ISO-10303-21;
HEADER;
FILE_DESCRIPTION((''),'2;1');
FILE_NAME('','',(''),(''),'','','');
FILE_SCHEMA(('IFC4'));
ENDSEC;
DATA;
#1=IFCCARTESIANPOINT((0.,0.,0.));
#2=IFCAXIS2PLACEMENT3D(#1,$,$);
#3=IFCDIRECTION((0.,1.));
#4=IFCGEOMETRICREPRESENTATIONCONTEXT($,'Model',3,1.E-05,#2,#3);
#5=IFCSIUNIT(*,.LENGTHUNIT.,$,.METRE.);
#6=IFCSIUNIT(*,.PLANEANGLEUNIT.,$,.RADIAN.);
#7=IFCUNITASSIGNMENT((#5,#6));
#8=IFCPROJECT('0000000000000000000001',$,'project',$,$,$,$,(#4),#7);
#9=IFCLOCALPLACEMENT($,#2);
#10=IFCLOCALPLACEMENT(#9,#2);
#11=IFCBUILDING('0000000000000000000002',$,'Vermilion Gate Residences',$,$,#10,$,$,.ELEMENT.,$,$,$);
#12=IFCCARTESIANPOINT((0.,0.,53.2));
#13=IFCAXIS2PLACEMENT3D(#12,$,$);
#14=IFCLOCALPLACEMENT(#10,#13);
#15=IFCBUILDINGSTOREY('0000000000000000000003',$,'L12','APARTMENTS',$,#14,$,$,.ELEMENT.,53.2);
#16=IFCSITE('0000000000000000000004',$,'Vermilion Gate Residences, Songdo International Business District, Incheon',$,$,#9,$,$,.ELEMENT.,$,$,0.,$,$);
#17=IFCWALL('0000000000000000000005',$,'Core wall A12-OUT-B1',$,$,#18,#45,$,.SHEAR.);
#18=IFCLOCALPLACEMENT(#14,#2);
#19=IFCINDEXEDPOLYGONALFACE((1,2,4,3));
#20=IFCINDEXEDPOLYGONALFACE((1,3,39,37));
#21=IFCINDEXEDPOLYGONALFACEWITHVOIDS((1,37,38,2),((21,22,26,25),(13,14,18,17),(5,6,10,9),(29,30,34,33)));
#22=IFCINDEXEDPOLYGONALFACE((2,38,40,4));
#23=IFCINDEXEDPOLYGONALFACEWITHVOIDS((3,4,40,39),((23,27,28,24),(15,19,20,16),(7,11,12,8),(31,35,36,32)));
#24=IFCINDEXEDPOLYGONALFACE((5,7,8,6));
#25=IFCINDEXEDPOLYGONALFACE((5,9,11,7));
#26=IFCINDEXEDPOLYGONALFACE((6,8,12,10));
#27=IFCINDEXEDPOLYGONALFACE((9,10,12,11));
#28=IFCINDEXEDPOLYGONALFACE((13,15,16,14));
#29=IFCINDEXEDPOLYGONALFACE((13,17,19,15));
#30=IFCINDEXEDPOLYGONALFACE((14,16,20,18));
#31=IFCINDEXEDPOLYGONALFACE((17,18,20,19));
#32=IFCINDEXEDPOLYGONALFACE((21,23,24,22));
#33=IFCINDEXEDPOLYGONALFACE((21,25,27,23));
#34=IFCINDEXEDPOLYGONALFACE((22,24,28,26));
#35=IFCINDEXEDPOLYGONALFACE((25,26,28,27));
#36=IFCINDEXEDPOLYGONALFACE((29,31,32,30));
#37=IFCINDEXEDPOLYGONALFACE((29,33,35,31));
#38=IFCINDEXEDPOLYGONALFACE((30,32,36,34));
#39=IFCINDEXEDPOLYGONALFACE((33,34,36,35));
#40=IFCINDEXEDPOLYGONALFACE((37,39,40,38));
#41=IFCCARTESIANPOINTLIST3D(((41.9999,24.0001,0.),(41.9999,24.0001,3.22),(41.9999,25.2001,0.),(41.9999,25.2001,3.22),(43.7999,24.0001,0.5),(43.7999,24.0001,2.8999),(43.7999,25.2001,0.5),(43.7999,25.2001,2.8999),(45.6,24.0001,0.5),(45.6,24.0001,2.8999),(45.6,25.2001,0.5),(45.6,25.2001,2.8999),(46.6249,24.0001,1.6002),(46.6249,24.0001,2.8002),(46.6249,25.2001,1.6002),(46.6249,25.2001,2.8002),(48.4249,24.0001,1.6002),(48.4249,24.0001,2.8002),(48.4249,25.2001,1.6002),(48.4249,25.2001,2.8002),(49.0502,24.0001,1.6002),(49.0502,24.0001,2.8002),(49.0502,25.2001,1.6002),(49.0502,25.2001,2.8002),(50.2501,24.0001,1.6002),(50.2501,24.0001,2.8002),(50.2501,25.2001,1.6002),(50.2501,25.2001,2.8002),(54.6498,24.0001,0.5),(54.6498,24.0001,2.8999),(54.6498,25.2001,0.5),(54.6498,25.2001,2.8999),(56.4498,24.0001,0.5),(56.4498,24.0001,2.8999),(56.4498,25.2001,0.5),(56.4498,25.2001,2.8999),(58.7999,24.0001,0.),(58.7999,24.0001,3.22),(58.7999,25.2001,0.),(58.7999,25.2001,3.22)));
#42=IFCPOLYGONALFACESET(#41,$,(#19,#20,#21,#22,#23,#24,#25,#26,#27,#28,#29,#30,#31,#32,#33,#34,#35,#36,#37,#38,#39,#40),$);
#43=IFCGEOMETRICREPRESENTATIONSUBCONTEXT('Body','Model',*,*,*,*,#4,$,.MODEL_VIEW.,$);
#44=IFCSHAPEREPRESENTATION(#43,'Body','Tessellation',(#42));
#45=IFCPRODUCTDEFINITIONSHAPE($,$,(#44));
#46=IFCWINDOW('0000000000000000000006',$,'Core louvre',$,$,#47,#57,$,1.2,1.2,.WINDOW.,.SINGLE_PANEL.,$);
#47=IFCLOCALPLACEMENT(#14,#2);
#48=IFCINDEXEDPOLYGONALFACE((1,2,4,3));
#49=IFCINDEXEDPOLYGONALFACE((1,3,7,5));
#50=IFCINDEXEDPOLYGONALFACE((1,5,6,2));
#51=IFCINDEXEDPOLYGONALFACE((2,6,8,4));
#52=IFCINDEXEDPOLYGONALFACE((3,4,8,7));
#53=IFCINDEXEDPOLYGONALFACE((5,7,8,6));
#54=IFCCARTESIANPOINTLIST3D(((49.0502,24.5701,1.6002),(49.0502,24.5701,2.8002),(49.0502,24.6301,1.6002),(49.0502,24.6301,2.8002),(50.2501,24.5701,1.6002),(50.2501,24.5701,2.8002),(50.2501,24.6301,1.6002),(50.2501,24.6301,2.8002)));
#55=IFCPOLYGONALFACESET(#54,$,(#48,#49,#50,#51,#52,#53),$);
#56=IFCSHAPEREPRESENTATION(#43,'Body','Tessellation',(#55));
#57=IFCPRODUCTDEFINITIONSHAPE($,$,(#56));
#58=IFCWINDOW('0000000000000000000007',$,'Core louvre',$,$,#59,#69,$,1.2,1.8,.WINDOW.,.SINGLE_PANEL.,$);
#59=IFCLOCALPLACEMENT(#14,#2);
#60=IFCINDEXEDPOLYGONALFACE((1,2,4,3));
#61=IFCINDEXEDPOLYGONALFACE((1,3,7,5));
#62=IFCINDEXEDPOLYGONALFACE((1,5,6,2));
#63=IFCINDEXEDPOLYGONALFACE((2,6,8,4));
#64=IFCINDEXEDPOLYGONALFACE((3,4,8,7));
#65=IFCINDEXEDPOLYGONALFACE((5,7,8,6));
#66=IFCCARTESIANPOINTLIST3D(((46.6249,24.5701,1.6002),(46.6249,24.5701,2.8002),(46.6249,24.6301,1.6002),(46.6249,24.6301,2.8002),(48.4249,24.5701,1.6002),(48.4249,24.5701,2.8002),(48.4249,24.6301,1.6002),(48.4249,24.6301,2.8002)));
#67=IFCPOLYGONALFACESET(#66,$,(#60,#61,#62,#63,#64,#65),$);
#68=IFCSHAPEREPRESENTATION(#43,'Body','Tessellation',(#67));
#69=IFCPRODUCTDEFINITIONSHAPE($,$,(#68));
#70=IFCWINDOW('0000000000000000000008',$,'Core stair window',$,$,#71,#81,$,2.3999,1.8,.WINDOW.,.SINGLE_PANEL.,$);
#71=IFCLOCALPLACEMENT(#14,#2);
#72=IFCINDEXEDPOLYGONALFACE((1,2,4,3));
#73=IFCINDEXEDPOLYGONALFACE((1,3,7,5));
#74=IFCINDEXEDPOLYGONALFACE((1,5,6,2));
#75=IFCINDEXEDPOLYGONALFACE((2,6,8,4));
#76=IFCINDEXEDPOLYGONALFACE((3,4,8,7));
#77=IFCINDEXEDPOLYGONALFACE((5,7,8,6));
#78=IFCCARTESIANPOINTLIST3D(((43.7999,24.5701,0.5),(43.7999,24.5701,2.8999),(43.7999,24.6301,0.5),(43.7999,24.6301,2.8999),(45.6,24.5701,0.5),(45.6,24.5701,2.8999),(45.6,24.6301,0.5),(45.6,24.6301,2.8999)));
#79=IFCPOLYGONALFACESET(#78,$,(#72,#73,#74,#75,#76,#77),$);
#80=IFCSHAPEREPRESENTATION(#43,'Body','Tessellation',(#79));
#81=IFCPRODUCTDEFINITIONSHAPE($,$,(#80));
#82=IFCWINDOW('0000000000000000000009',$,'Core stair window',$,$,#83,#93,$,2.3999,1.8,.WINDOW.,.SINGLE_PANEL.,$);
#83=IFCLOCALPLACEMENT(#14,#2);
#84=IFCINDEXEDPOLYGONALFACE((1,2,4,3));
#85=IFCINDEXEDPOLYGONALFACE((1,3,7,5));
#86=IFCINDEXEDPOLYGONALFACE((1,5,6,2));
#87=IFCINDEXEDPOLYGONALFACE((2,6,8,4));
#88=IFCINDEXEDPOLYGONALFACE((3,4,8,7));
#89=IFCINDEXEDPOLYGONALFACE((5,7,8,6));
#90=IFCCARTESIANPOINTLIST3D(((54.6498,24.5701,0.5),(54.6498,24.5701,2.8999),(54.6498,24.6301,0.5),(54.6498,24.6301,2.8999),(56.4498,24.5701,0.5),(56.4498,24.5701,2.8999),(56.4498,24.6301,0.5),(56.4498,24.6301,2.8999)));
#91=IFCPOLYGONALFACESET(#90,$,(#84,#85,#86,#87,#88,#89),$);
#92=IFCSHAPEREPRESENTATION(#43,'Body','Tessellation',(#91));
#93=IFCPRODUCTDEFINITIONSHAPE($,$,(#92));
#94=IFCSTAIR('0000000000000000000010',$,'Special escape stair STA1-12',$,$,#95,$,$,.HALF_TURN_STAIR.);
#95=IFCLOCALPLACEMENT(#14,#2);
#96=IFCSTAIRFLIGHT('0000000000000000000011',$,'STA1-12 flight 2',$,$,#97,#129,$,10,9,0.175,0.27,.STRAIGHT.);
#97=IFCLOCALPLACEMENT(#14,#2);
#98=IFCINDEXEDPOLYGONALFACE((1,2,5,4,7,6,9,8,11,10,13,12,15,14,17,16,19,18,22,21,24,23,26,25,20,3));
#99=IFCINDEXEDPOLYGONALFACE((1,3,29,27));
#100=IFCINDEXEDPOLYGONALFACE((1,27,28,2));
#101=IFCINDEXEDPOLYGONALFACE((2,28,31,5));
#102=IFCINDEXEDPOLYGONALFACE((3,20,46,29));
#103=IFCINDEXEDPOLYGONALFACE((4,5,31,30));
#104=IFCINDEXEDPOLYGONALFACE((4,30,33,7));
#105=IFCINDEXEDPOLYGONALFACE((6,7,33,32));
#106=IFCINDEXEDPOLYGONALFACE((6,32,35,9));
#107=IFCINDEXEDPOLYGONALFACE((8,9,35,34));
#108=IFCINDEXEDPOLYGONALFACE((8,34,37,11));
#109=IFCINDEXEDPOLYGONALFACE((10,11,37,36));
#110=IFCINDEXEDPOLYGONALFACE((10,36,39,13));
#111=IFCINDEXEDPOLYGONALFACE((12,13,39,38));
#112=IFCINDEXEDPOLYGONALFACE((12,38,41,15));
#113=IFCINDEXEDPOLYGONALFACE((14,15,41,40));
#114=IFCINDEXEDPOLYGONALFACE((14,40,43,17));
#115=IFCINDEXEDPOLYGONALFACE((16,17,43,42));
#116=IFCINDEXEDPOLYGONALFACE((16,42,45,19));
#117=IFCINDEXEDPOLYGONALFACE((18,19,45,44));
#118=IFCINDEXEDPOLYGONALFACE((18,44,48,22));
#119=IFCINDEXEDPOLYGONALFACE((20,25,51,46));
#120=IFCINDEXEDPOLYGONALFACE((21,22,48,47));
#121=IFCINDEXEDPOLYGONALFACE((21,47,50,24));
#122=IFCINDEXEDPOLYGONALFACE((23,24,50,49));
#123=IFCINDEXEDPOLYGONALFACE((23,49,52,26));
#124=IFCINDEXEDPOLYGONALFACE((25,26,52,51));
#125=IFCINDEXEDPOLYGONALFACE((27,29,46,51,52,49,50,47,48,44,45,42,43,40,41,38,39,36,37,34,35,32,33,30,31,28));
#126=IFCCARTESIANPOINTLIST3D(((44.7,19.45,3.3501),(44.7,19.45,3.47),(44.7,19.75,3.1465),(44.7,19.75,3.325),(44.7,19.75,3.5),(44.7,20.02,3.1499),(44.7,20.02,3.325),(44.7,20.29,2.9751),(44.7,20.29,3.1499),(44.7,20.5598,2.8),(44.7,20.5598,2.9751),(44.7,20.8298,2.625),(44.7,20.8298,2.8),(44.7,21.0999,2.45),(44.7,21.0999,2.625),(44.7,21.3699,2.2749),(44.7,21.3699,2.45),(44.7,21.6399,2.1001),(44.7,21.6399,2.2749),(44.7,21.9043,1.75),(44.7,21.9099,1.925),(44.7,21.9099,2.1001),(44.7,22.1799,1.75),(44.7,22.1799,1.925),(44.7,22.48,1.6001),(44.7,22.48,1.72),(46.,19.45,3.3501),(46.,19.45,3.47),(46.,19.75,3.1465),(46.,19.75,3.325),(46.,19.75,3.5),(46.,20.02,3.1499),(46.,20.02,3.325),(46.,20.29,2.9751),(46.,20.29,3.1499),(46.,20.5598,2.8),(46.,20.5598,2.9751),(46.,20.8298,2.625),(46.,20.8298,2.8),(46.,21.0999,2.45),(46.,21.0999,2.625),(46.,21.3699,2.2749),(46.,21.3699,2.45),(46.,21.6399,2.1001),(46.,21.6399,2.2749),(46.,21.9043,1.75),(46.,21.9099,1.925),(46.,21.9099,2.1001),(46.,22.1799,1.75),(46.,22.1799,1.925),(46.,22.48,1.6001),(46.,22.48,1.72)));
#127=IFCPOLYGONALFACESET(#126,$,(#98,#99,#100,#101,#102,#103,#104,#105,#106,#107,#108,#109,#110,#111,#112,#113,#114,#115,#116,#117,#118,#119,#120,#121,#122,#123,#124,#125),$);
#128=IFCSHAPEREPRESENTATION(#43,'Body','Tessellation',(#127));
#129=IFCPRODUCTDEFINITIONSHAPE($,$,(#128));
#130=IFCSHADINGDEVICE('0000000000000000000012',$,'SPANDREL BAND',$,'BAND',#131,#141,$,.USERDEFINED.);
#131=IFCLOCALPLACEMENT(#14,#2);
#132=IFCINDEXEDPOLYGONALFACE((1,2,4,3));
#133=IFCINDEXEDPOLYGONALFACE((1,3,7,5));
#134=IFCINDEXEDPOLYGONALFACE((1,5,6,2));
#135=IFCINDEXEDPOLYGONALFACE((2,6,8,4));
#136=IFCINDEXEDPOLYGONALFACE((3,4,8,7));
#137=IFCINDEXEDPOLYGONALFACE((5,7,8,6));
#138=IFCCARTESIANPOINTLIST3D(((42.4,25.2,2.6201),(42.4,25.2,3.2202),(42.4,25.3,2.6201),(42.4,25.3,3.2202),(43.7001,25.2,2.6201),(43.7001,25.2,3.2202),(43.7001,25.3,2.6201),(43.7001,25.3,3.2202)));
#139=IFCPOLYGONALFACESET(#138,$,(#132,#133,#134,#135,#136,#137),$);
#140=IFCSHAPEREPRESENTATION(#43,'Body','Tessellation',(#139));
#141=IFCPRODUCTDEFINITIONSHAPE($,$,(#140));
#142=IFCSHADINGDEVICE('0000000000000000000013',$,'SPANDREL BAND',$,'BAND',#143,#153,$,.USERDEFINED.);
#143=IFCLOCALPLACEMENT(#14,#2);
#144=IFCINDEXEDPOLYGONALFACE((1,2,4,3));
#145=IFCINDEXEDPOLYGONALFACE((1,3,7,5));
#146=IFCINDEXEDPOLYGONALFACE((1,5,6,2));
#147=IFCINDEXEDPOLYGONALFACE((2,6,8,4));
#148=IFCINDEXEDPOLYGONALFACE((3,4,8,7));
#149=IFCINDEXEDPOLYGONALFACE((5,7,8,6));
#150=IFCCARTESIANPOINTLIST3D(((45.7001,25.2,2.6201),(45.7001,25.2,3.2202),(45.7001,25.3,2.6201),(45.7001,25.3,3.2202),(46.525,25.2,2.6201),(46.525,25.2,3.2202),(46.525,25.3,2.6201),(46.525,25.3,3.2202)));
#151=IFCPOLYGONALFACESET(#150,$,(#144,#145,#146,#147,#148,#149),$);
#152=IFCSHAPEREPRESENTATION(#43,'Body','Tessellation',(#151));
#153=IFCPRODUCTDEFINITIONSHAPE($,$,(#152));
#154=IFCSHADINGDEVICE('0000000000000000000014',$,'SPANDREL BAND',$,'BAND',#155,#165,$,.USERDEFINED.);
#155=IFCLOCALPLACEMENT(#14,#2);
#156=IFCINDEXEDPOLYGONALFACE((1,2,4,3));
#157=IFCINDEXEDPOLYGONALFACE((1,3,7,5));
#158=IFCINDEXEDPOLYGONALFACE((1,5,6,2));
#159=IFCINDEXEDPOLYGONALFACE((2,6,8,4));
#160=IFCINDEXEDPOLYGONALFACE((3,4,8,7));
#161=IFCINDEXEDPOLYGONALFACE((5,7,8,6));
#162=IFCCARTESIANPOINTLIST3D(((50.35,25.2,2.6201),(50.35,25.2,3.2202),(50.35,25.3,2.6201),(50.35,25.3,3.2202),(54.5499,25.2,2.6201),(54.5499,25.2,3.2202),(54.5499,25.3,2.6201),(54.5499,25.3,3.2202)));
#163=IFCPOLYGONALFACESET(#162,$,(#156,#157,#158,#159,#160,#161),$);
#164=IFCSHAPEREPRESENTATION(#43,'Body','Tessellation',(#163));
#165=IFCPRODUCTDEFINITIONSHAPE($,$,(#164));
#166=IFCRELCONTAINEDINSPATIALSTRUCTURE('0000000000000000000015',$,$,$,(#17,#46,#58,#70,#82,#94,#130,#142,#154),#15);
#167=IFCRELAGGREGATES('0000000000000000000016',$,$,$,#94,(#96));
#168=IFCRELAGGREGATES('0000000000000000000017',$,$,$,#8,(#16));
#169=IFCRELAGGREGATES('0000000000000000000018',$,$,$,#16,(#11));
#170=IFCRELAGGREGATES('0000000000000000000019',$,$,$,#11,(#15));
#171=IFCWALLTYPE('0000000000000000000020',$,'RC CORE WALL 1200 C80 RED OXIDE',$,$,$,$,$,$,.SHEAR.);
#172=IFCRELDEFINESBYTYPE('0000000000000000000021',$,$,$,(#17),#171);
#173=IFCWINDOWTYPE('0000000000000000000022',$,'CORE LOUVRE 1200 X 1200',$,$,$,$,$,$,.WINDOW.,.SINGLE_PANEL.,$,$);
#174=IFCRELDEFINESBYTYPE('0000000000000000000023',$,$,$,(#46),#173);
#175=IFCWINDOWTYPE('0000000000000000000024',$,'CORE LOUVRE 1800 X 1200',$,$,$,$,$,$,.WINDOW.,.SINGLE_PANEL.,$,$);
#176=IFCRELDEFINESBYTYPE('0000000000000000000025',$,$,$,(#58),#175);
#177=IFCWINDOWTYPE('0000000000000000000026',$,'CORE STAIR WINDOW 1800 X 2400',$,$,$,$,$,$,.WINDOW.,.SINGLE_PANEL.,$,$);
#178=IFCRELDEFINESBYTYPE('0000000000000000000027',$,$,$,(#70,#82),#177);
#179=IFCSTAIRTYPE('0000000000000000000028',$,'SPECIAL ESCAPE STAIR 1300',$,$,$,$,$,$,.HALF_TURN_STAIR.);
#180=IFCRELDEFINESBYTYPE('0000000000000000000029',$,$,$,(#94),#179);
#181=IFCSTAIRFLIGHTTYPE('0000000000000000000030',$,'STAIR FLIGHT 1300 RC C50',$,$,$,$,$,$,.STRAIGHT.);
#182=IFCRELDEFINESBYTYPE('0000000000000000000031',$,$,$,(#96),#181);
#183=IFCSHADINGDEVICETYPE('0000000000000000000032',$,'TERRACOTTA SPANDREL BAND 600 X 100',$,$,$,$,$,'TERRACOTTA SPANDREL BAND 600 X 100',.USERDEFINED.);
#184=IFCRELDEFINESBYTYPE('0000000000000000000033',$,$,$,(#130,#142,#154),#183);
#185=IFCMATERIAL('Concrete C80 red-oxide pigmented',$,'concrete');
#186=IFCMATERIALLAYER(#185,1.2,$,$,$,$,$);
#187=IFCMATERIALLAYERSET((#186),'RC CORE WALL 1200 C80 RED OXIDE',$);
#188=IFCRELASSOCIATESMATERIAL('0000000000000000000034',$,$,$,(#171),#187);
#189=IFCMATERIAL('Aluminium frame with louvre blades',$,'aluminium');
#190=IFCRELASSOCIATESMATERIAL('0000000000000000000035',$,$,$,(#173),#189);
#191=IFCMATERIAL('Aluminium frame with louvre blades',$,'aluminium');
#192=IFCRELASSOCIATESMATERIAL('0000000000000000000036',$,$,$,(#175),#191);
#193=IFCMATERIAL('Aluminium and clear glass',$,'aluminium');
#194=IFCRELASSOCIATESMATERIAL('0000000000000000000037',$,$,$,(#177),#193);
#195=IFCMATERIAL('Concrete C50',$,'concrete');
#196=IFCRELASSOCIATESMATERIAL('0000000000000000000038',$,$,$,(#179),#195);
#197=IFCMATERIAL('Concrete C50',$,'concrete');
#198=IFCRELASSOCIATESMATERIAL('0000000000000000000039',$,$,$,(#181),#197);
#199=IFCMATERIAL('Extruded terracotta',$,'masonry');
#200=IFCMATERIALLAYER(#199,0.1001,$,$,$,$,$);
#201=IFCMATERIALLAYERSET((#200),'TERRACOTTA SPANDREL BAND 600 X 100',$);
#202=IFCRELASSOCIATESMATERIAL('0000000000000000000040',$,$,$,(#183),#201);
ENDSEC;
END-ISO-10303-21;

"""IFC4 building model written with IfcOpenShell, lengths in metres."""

from ifc_helpers import new_model, si_unit, direction, frame, frame_2d, origin, origin_2d, place, context, subcontext, project, spatial, polyline, rectangle, outline, extrude, material, layer, layer_set, type_object, element, fill, aggregate, save


model = new_model("IFC4")

# Units and contexts
model_context = context("Model", 3, precision=1e-05, world=origin(), true_north=direction((0.0, 1.0)))
body_context = subcontext(model_context, "Body", "Model", "MODEL_VIEW")
ifc_project = project(units=[si_unit("LENGTHUNIT", "METRE"), si_unit("PLANEANGLEUNIT", "RADIAN")], contexts=[model_context])

# Site, building, storey
site_placement = place(None, origin())
site = spatial("IfcSite", under=ifc_project, at=site_placement, Name="Vermilion Gate Residences, Songdo International Business District, Incheon", CompositionType="ELEMENT", RefElevation=0.0)
building_placement = place(site_placement, origin())
building = spatial("IfcBuilding", under=site, at=building_placement, Name="Vermilion Gate Residences", CompositionType="ELEMENT")
storey_placement = place(building_placement, frame((0.0, 0.0, 53.2)))
storey = spatial("IfcBuildingStorey", under=building, at=storey_placement, Name="L12", Description="APARTMENTS", CompositionType="ELEMENT", Elevation=53.2)

# Wall, openings, windows
ifc_material_1 = material(Name="Concrete C80 red-oxide pigmented", Category="concrete")
ifc_layer_1 = layer(ifc_material_1, 1.2)
ifc_layer_set_1 = layer_set([ifc_layer_1], Name="RC CORE WALL 1200 C80 RED OXIDE")
wall_type_1 = type_object("IfcWallType", Name="RC CORE WALL 1200 C80 RED OXIDE", PredefinedType="SHEAR", material=ifc_layer_set_1)
wall_1_placement = place(storey_placement, frame((42.0, 24.6001, 0.0), z_axis=(0.0, 0.0, 1.0), x_axis=(1.0, 0.0, 0.0)))
wall_1 = element("IfcWall", 1, at=wall_1_placement, inside=storey, type_object=wall_type_1, Name="Core wall A12-OUT-B1", PredefinedType="SHEAR", context=body_context, shape_type="SweptSolid", body=[
    extrude(rectangle(XDim=16.8, YDim=1.2, at=frame_2d((8.3999, 0.0))), origin(), (0.0, 0.0, 1.0), 3.22),
])
opening_1_placement = place(wall_1_placement, frame((1.8, 0.0, 0.5)))
opening_1 = element("IfcOpeningElement", 2, at=opening_1_placement, cuts=wall_1, PredefinedType="OPENING", context=body_context, shape_type="SweptSolid", body=[
    extrude(rectangle(XDim=1.8, YDim=2.3999, at=frame_2d((0.8999, 1.2))), frame((0.0, 0.6099, 0.0), z_axis=(0.0, -1.0, 0.0), x_axis=(1.0, 0.0, 0.0)), (0.0, 0.0, 1.0), 1.22),
])
opening_2_placement = place(wall_1_placement, frame((4.625, 0.0, 1.6001)))
opening_2 = element("IfcOpeningElement", 3, at=opening_2_placement, cuts=wall_1, PredefinedType="OPENING", context=body_context, shape_type="SweptSolid", body=[
    extrude(rectangle(XDim=1.8, YDim=1.2, at=frame_2d((0.8999, 0.6001))), frame((0.0, 0.6099, 0.0), z_axis=(0.0, -1.0, 0.0), x_axis=(1.0, 0.0, 0.0)), (0.0, 0.0, 1.0), 1.22),
])
opening_3_placement = place(wall_1_placement, frame((7.05, 0.0, 1.6001)))
opening_3 = element("IfcOpeningElement", 4, at=opening_3_placement, cuts=wall_1, PredefinedType="OPENING", context=body_context, shape_type="SweptSolid", body=[
    extrude(rectangle(XDim=1.2, YDim=1.2, at=frame_2d((0.6001, 0.6001))), frame((0.0, 0.6099, 0.0), z_axis=(0.0, -1.0, 0.0), x_axis=(1.0, 0.0, 0.0)), (0.0, 0.0, 1.0), 1.22),
])
opening_4_placement = place(wall_1_placement, frame((12.6499, 0.0, 0.5)))
opening_4 = element("IfcOpeningElement", 5, at=opening_4_placement, cuts=wall_1, PredefinedType="OPENING", context=body_context, shape_type="SweptSolid", body=[
    extrude(rectangle(XDim=1.8, YDim=2.3999, at=frame_2d((0.8999, 1.2))), frame((0.0, 0.6099, 0.0), z_axis=(0.0, -1.0, 0.0), x_axis=(1.0, 0.0, 0.0)), (0.0, 0.0, 1.0), 1.22),
])
ifc_material_2 = material(Name="Aluminium frame with louvre blades", Category="aluminium")
window_type_1 = type_object("IfcWindowType", Name="CORE LOUVRE 1200 X 1200", PartitioningType="SINGLE_PANEL", PredefinedType="WINDOW", material=ifc_material_2)
window_1_placement = place(opening_3_placement, origin())
window_1 = element("IfcWindow", 6, at=window_1_placement, inside=storey, type_object=window_type_1, Name="Core louvre", OverallHeight=1.2, OverallWidth=1.2, PartitioningType="SINGLE_PANEL", PredefinedType="WINDOW", context=body_context, shape_type="SweptSolid", body=[
    extrude(rectangle(XDim=1.2, YDim=1.2, at=frame_2d((0.6001, 0.6001))), frame((0.0, 0.03, 0.0), z_axis=(0.0, -1.0, 0.0), x_axis=(1.0, 0.0, 0.0)), (0.0, 0.0, 1.0), 0.0601),
])
fill(opening_3, window_1)
ifc_material_3 = material(Name="Aluminium frame with louvre blades", Category="aluminium")
window_type_2 = type_object("IfcWindowType", Name="CORE LOUVRE 1800 X 1200", PartitioningType="SINGLE_PANEL", PredefinedType="WINDOW", material=ifc_material_3)
window_2_placement = place(opening_2_placement, origin())
window_2 = element("IfcWindow", 7, at=window_2_placement, inside=storey, type_object=window_type_2, Name="Core louvre", OverallHeight=1.2, OverallWidth=1.8, PartitioningType="SINGLE_PANEL", PredefinedType="WINDOW", context=body_context, shape_type="SweptSolid", body=[
    extrude(rectangle(XDim=1.8, YDim=1.2, at=frame_2d((0.8999, 0.6001))), frame((0.0, 0.03, 0.0), z_axis=(0.0, -1.0, 0.0), x_axis=(1.0, 0.0, 0.0)), (0.0, 0.0, 1.0), 0.0601),
])
fill(opening_2, window_2)
ifc_material_4 = material(Name="Aluminium and clear glass", Category="aluminium")
window_type_3 = type_object("IfcWindowType", Name="CORE STAIR WINDOW 1800 X 2400", PartitioningType="SINGLE_PANEL", PredefinedType="WINDOW", material=ifc_material_4)
window_3_placement = place(opening_1_placement, origin())
window_3 = element("IfcWindow", 8, at=window_3_placement, inside=storey, type_object=window_type_3, Name="Core stair window", OverallHeight=2.3999, OverallWidth=1.8, PartitioningType="SINGLE_PANEL", PredefinedType="WINDOW", context=body_context, shape_type="SweptSolid", body=[
    extrude(rectangle(XDim=1.8, YDim=2.3999, at=frame_2d((0.8999, 1.2))), frame((0.0, 0.03, 0.0), z_axis=(0.0, -1.0, 0.0), x_axis=(1.0, 0.0, 0.0)), (0.0, 0.0, 1.0), 0.0601),
])
fill(opening_1, window_3)
window_4_placement = place(opening_4_placement, origin())
window_4 = element("IfcWindow", 9, at=window_4_placement, inside=storey, type_object=window_type_3, Name="Core stair window", OverallHeight=2.3999, OverallWidth=1.8, PartitioningType="SINGLE_PANEL", PredefinedType="WINDOW", context=body_context, shape_type="SweptSolid", body=[
    extrude(rectangle(XDim=1.8, YDim=2.3999, at=frame_2d((0.8999, 1.2))), frame((0.0, 0.03, 0.0), z_axis=(0.0, -1.0, 0.0), x_axis=(1.0, 0.0, 0.0)), (0.0, 0.0, 1.0), 0.0601),
])
fill(opening_4, window_4)

# Stair, stair flight
ifc_material_5 = material(Name="Concrete C50", Category="concrete")
stair_type = type_object("IfcStairType", Name="SPECIAL ESCAPE STAIR 1300", PredefinedType="HALF_TURN_STAIR", material=ifc_material_5)
stair_placement = place(storey_placement, origin())
stair = element("IfcStair", 10, at=stair_placement, inside=storey, type_object=stair_type, Name="Special escape stair STA1-12", PredefinedType="HALF_TURN_STAIR")
ifc_material_6 = material(Name="Concrete C50", Category="concrete")
stair_flight_type = type_object("IfcStairFlightType", Name="STAIR FLIGHT 1300 RC C50", PredefinedType="STRAIGHT", material=ifc_material_6)
stair_flight_placement = place(storey_placement, frame((45.3501, 22.1799, 1.75), z_axis=(0.0, 0.0, 1.0), x_axis=(0.0, -1.0, 0.0)))
stair_flight = element("IfcStairFlight", 11, at=stair_flight_placement, type_object=stair_flight_type, Name="STA1-12 flight 2", NumberOfRisers=10, NumberOfTreads=9, PredefinedType="STRAIGHT", RiserHeight=0.175, TreadLength=0.27, context=body_context, shape_type="SweptSolid", body=[
    extrude(outline(polyline([(-0.3, -0.1499), (-0.3, -0.03), (0.0, 0.0), (0.0, 0.175), (0.27, 0.175), (0.27, 0.3501), (0.54, 0.3501), (0.54, 0.5249), (0.8101, 0.5249), (0.8101, 0.7), (1.0801, 0.7), (1.0801, 0.875), (1.3501, 0.875), (1.3501, 1.05), (1.6201, 1.05), (1.6201, 1.2251), (1.8899, 1.2251), (1.8899, 1.3999), (2.1599, 1.3999), (2.1599, 1.575), (2.4299, 1.575), (2.4299, 1.75), (2.73, 1.72), (2.73, 1.6001), (2.4299, 1.3965), (0.2756, 0.0), (-0.3, -0.1499)])), frame((0.0, 0.6499, 0.0), z_axis=(0.0, -1.0, 0.0), x_axis=(1.0, 0.0, 0.0)), (0.0, 0.0, 1.0), 1.3),
])
aggregate(stair, [stair_flight])

# Shading devices
ifc_material_7 = material(Name="Extruded terracotta", Category="masonry")
ifc_layer_2 = layer(ifc_material_7, 0.1001)
ifc_layer_set_2 = layer_set([ifc_layer_2], Name="TERRACOTTA SPANDREL BAND 600 X 100")
shading_device_type = type_object("IfcShadingDeviceType", Name="TERRACOTTA SPANDREL BAND 600 X 100", ElementType="TERRACOTTA SPANDREL BAND 600 X 100", PredefinedType="USERDEFINED", material=ifc_layer_set_2)
shading_device_1_placement = place(storey_placement, frame((43.05, 25.25, 2.6201), z_axis=(0.0, 0.0, 1.0), x_axis=(1.0, 0.0, 0.0)))
element("IfcShadingDevice", 12, at=shading_device_1_placement, inside=storey, type_object=shading_device_type, Name="SPANDREL BAND", ObjectType="BAND", PredefinedType="USERDEFINED", context=body_context, shape_type="SweptSolid", body=[
    extrude(rectangle(XDim=1.3, YDim=0.1001, at=origin_2d()), origin(), (0.0, 0.0, 1.0), 0.6001),
])
shading_device_2_placement = place(storey_placement, frame((46.1125, 25.25, 2.6201), z_axis=(0.0, 0.0, 1.0), x_axis=(1.0, 0.0, 0.0)))
element("IfcShadingDevice", 13, at=shading_device_2_placement, inside=storey, type_object=shading_device_type, Name="SPANDREL BAND", ObjectType="BAND", PredefinedType="USERDEFINED", context=body_context, shape_type="SweptSolid", body=[
    extrude(rectangle(XDim=0.825, YDim=0.1001, at=origin_2d()), origin(), (0.0, 0.0, 1.0), 0.6001),
])
shading_device_3_placement = place(storey_placement, frame((52.45, 25.25, 2.6201), z_axis=(0.0, 0.0, 1.0), x_axis=(1.0, 0.0, 0.0)))
element("IfcShadingDevice", 14, at=shading_device_3_placement, inside=storey, type_object=shading_device_type, Name="SPANDREL BAND", ObjectType="BAND", PredefinedType="USERDEFINED", context=body_context, shape_type="SweptSolid", body=[
    extrude(rectangle(XDim=4.2, YDim=0.1001, at=origin_2d()), origin(), (0.0, 0.0, 1.0), 0.6001),
])

save(model, "model.ifc")
